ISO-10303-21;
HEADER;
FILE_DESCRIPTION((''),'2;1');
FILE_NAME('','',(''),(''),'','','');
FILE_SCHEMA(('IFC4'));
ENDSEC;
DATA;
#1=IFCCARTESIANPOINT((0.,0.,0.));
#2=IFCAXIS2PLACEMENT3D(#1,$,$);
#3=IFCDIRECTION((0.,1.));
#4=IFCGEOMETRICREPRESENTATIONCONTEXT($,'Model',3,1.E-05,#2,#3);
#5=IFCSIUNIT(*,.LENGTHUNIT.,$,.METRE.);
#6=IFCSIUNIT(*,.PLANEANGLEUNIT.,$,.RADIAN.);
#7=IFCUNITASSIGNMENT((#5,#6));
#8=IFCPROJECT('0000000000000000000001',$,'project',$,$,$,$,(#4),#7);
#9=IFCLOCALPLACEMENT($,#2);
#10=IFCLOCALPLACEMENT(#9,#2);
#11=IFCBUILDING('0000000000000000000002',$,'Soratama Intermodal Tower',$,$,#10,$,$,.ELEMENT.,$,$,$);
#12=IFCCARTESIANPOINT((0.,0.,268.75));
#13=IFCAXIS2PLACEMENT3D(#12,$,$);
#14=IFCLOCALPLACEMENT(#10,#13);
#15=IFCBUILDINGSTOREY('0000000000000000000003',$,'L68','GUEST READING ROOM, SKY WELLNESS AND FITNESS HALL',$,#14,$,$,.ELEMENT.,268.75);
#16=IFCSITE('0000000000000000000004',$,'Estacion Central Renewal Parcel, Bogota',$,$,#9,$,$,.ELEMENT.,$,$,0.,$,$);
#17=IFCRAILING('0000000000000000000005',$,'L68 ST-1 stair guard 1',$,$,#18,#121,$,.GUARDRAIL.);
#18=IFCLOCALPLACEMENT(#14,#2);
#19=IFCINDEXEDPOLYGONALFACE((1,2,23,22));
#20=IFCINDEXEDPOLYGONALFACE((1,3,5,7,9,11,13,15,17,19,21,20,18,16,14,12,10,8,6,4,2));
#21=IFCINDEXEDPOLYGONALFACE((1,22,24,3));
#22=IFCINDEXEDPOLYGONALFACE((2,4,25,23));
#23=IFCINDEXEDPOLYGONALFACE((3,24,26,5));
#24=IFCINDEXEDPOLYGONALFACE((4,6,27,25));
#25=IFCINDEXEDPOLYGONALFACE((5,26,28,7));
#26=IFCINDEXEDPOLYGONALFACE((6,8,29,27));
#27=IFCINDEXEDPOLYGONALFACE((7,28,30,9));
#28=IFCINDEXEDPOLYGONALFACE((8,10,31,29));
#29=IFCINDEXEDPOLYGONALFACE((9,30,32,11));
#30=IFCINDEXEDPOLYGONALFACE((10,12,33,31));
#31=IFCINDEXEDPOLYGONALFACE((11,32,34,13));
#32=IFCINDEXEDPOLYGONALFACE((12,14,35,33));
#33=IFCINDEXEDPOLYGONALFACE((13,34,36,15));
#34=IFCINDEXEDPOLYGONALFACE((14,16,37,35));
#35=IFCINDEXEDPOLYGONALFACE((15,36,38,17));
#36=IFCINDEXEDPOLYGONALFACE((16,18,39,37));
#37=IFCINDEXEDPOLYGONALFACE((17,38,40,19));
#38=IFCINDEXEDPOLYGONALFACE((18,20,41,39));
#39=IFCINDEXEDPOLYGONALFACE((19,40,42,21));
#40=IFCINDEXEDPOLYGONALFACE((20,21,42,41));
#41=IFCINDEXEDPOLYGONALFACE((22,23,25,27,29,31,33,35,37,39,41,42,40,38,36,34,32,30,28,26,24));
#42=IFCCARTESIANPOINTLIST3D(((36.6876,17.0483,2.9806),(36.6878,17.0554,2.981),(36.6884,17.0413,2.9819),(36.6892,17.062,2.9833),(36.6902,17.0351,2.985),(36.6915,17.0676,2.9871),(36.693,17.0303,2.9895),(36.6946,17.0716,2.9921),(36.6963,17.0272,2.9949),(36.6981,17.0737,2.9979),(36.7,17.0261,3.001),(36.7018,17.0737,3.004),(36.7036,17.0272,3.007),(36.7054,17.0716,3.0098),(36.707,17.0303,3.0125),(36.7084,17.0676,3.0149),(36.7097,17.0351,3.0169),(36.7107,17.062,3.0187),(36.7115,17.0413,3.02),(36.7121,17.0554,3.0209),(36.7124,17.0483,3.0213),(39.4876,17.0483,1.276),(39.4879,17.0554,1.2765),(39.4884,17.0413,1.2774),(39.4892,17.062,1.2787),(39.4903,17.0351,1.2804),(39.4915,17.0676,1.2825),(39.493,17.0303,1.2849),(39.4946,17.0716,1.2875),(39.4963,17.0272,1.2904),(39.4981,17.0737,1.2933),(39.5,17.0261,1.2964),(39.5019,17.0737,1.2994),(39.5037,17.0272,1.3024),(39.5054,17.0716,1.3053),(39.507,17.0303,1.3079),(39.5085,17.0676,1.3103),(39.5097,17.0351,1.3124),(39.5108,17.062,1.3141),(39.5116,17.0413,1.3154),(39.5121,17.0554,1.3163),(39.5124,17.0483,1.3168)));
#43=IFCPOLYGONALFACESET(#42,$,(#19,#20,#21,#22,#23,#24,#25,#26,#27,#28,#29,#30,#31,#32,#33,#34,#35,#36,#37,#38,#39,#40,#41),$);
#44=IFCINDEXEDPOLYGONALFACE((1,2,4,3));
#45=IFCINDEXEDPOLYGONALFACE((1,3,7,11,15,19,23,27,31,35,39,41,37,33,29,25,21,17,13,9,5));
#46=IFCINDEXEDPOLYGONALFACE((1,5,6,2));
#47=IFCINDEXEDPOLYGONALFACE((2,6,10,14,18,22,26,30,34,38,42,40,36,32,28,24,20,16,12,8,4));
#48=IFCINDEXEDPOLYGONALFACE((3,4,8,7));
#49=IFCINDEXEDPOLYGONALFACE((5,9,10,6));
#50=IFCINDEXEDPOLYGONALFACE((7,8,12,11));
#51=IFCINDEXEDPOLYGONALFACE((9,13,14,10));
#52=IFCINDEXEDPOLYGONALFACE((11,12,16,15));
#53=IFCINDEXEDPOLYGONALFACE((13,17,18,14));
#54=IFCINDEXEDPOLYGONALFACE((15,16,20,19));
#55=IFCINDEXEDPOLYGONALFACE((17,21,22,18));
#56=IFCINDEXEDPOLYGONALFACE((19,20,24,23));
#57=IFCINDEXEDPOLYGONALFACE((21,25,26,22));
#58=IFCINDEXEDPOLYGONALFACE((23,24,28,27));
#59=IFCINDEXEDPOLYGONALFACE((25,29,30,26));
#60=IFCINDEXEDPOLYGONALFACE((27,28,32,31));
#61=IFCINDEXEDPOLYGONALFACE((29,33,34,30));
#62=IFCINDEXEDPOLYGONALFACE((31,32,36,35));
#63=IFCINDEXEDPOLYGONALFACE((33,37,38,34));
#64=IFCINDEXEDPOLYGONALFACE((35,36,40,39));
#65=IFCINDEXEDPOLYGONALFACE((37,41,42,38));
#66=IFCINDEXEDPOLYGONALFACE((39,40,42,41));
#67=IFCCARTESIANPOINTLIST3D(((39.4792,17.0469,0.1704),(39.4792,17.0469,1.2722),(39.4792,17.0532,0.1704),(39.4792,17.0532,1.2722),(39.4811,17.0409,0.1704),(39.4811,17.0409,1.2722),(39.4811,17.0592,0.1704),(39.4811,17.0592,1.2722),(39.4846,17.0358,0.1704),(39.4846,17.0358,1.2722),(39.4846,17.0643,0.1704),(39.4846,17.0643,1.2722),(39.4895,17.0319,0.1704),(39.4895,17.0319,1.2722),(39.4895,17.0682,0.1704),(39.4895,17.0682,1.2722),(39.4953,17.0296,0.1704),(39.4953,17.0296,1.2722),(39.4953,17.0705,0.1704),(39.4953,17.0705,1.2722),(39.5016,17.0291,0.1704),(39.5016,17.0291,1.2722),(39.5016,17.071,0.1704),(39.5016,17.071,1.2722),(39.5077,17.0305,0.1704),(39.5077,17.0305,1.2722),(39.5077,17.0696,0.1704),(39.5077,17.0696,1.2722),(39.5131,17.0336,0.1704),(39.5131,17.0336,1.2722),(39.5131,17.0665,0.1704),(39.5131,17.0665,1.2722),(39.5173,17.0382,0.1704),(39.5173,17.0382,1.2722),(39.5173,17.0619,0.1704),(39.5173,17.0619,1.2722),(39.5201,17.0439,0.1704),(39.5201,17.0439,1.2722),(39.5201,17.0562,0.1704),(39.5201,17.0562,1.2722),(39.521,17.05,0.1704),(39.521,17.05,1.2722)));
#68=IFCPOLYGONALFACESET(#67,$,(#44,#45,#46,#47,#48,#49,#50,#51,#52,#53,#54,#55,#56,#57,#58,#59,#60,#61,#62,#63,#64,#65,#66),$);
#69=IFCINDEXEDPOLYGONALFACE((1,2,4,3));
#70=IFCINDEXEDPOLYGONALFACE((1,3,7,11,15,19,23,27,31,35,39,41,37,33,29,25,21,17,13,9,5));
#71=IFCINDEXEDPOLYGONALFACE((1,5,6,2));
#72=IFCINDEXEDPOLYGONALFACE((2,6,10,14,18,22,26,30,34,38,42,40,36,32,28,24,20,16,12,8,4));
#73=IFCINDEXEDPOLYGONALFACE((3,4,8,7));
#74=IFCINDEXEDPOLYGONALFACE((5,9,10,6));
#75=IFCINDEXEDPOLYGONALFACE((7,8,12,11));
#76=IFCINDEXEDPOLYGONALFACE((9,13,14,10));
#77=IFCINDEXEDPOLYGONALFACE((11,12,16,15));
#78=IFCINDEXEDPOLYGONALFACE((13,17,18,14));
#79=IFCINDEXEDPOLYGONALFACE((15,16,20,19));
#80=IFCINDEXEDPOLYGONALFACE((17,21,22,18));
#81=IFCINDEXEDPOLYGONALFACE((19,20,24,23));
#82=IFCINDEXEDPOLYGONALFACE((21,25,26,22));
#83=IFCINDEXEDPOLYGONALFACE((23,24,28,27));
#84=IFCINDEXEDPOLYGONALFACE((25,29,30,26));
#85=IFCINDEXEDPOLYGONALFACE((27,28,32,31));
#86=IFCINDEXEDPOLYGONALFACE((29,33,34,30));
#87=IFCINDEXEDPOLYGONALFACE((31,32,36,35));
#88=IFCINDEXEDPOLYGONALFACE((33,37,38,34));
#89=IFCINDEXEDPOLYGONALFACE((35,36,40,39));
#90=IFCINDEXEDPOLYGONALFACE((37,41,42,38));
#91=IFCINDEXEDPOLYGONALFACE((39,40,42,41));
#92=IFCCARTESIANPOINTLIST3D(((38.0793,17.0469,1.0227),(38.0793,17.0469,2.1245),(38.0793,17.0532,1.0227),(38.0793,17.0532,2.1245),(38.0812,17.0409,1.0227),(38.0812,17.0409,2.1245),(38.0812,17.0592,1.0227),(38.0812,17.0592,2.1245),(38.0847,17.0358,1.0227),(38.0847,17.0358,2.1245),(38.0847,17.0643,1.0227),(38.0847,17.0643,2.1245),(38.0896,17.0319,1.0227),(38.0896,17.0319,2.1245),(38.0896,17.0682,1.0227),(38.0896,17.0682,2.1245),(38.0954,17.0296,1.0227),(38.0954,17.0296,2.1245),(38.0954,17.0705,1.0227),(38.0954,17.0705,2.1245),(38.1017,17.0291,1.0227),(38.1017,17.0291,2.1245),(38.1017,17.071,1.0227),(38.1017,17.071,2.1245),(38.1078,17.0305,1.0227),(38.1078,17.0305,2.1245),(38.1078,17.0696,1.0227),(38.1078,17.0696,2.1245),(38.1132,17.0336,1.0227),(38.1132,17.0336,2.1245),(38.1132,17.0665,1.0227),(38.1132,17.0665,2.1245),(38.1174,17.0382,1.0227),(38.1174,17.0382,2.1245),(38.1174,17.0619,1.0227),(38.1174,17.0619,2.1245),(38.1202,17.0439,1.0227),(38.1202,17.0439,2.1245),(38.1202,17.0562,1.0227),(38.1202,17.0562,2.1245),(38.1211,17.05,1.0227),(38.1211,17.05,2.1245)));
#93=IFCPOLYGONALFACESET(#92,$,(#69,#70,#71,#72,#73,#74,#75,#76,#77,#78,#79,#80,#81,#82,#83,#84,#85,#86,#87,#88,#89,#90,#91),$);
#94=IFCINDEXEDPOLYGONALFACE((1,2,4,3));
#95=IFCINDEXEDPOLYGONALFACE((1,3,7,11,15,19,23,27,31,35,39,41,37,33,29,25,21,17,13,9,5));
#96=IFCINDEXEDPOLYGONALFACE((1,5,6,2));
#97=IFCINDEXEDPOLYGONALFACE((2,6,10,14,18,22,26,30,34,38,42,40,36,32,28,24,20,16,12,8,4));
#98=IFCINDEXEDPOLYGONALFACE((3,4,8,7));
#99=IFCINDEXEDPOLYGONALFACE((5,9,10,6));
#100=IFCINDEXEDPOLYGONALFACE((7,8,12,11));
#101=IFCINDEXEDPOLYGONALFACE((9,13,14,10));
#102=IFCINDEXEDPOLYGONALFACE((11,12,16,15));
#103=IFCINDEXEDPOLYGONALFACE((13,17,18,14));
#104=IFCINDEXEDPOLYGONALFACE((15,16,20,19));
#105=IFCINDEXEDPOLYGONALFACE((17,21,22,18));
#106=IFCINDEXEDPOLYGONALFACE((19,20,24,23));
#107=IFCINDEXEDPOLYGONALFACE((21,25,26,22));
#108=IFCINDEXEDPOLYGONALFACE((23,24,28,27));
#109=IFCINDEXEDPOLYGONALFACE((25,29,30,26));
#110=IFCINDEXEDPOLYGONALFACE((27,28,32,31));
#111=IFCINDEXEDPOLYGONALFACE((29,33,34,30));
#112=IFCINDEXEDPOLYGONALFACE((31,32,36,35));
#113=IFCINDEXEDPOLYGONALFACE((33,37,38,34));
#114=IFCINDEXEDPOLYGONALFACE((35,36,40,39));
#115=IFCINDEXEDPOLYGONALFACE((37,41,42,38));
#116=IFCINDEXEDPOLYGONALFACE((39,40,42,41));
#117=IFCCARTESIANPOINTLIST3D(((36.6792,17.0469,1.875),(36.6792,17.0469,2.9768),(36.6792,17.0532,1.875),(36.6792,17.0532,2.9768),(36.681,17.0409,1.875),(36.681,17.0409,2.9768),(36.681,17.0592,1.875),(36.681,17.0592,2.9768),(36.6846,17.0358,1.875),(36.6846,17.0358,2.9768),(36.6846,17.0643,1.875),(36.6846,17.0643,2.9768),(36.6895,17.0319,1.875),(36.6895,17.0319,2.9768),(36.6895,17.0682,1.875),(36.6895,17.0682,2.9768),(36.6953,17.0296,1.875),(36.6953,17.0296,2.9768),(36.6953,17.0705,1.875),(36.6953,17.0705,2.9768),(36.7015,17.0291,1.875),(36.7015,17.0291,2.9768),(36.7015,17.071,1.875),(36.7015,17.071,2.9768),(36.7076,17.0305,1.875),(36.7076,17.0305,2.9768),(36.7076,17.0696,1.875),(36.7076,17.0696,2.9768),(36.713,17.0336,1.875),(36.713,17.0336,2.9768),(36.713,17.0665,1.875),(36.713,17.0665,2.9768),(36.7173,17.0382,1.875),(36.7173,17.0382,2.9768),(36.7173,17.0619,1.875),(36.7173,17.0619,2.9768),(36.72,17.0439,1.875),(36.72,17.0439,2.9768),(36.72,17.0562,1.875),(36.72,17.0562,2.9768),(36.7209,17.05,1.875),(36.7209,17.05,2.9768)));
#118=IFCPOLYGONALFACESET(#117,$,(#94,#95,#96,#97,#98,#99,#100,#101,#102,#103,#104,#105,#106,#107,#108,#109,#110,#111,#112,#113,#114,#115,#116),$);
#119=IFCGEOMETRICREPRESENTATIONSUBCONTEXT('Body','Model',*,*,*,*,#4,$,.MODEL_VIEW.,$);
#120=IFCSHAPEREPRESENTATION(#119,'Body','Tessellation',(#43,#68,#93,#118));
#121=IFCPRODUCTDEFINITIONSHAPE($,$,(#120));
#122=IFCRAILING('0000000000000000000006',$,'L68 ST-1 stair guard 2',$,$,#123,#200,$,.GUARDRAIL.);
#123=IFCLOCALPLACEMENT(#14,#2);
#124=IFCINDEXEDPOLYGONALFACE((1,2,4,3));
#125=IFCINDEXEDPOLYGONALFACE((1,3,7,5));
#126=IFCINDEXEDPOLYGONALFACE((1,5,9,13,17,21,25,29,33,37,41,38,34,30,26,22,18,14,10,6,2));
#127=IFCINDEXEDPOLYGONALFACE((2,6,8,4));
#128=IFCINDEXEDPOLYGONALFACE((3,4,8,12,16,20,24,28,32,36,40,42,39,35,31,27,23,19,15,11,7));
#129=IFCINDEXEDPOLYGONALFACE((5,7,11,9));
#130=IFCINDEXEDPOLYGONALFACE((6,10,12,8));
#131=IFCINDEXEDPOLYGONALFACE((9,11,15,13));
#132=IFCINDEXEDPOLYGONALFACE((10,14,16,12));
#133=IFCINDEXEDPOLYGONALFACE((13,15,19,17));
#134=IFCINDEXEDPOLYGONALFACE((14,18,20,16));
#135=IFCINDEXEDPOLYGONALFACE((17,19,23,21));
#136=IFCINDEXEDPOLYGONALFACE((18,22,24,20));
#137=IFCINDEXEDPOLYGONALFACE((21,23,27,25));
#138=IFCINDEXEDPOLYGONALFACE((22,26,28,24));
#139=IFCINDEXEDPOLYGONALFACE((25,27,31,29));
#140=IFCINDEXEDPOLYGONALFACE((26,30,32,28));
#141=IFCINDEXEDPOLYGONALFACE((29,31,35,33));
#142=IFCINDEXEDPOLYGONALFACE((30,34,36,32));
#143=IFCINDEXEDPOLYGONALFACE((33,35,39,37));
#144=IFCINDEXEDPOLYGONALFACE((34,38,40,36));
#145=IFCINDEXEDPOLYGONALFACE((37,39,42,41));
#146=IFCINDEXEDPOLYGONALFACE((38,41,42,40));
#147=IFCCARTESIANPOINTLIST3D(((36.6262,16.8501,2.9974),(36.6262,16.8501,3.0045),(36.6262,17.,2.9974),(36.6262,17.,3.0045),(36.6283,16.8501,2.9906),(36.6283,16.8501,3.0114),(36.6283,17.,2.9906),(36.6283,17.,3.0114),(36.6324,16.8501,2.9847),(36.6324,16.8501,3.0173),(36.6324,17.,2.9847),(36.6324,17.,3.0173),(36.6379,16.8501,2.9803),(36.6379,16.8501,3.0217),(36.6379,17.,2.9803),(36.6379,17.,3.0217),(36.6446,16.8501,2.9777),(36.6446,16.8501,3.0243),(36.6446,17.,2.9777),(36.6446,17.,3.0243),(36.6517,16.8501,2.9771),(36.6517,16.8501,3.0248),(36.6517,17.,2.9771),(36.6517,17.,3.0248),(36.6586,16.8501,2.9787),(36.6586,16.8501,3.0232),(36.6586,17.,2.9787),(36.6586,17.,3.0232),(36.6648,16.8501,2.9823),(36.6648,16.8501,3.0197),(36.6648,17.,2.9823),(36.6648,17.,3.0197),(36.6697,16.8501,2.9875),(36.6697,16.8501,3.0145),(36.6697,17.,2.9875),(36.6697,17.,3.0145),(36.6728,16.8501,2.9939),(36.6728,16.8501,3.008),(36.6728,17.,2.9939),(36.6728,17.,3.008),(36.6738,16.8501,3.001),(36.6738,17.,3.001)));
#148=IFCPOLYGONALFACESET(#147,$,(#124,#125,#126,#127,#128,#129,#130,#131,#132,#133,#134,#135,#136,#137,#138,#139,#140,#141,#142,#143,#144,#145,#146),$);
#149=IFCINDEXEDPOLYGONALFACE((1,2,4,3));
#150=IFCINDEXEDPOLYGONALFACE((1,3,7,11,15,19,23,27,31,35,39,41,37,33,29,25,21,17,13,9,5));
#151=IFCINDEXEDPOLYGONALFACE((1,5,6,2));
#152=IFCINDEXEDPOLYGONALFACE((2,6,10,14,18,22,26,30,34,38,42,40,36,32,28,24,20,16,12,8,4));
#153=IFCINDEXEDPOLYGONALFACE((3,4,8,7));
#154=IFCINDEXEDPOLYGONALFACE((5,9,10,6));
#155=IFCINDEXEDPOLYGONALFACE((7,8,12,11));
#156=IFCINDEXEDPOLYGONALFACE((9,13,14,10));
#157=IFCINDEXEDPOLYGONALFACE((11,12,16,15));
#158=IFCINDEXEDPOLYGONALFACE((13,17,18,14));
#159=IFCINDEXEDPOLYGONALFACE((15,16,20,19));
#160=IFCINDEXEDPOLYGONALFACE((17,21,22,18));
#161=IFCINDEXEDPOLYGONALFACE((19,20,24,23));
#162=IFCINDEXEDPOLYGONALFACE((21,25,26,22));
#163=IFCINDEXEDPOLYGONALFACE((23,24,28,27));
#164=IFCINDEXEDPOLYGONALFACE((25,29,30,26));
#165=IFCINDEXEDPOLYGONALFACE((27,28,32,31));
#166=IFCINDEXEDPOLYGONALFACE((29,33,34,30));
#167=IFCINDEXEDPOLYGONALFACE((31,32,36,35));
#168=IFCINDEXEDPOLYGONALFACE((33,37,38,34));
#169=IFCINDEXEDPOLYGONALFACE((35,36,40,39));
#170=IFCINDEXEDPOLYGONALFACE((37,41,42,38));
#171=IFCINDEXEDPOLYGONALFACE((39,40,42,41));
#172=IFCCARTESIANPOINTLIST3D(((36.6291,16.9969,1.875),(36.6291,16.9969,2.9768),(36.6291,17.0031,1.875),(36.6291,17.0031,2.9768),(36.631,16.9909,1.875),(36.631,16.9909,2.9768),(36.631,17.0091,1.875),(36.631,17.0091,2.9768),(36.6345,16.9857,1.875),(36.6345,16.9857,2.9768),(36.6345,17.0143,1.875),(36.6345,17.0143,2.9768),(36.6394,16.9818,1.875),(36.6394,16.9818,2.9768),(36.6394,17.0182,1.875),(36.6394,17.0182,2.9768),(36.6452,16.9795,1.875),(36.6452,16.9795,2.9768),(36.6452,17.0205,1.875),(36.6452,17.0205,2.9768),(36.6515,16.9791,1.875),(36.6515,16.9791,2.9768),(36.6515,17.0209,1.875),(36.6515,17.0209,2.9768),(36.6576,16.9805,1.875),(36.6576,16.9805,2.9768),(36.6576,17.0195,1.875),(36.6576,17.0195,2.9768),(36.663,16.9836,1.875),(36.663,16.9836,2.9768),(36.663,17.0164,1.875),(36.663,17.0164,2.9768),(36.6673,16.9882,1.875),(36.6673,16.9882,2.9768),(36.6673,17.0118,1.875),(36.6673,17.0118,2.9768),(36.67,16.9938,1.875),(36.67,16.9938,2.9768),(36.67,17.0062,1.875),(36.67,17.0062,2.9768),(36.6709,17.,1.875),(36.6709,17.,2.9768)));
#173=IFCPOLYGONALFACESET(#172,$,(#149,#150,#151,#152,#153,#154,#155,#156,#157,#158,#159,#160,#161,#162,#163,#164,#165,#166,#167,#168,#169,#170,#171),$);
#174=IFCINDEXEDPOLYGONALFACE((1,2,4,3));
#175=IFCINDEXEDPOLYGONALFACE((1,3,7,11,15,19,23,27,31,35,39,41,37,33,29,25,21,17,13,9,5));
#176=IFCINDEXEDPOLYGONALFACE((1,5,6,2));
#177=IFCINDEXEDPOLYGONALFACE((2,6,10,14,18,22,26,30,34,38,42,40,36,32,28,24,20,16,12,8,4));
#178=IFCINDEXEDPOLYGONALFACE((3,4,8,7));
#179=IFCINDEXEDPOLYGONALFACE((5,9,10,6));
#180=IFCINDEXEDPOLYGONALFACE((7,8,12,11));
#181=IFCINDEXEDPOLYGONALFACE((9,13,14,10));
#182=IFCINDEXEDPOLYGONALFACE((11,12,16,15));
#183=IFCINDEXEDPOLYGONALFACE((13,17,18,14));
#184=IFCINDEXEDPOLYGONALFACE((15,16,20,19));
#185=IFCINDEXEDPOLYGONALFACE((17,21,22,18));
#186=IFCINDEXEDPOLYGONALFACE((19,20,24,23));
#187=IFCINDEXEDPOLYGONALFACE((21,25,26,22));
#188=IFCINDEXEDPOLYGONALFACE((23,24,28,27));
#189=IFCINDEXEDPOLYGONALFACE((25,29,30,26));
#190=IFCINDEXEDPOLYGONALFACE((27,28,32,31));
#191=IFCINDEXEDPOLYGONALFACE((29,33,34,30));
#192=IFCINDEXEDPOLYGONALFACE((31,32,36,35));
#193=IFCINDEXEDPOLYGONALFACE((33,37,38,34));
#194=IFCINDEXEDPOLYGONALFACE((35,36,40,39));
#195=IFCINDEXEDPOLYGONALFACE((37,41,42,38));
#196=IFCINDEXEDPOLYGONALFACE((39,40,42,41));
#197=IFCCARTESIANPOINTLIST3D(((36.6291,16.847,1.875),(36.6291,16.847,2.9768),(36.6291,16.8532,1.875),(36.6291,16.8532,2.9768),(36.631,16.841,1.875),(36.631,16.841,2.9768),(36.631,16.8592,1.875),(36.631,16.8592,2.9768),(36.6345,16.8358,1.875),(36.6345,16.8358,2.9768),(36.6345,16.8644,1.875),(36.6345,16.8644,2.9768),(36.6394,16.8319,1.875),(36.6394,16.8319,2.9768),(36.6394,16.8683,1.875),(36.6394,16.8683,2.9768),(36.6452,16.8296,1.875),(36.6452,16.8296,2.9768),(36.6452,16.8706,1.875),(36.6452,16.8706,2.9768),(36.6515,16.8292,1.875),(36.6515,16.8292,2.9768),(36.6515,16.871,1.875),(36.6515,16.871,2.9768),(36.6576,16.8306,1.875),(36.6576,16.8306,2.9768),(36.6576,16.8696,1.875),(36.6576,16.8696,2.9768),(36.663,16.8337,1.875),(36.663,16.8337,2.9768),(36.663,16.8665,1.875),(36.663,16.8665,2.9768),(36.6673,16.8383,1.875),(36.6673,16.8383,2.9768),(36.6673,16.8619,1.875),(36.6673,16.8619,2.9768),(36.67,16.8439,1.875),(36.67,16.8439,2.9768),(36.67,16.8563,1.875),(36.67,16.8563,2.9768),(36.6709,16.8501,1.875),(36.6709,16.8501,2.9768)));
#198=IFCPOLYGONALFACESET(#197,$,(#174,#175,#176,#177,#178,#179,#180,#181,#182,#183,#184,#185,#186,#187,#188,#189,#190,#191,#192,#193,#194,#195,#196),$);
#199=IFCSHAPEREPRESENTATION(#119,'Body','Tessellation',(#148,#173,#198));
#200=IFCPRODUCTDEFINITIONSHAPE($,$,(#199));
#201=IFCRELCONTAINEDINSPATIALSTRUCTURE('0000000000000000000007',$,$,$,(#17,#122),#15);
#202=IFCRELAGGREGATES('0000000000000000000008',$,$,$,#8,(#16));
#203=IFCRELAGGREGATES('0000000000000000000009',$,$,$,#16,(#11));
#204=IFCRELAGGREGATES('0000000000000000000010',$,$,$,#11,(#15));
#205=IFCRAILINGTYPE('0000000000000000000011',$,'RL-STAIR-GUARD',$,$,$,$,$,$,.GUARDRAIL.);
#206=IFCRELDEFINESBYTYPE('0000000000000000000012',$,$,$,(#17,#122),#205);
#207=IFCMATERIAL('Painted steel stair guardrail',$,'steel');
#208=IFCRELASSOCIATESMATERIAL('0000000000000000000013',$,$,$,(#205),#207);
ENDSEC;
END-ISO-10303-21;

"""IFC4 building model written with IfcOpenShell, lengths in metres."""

from ifc_helpers import new_model, si_unit, direction, frame, origin, origin_2d, place, context, subcontext, project, spatial, circle, extrude, material, type_object, element, save


model = new_model("IFC4")

# Units and contexts
model_context = context("Model", 3, precision=1e-05, world=origin(), true_north=direction((0.0, 1.0)))
body_context = subcontext(model_context, "Body", "Model", "MODEL_VIEW")
ifc_project = project(units=[si_unit("LENGTHUNIT", "METRE"), si_unit("PLANEANGLEUNIT", "RADIAN")], contexts=[model_context])

# Site, building, storey
site_placement = place(None, origin())
site = spatial("IfcSite", under=ifc_project, at=site_placement, Name="Estacion Central Renewal Parcel, Bogota", CompositionType="ELEMENT", RefElevation=0.0)
building_placement = place(site_placement, origin())
building = spatial("IfcBuilding", under=site, at=building_placement, Name="Soratama Intermodal Tower", CompositionType="ELEMENT")
storey_placement = place(building_placement, frame((0.0, 0.0, 268.75)))
storey = spatial("IfcBuildingStorey", under=building, at=storey_placement, Name="L68", Description="GUEST READING ROOM, SKY WELLNESS AND FITNESS HALL", CompositionType="ELEMENT", Elevation=268.75)

# Railings
ifc_material_1 = material(Name="Painted steel stair guardrail", Category="steel")
railing_type_1 = type_object("IfcRailingType", Name="RL-STAIR-GUARD", PredefinedType="GUARDRAIL", material=ifc_material_1)
railing_1_placement = place(storey_placement, frame((39.5, 17.05, 0.1704)))
element("IfcRailing", 1, at=railing_1_placement, inside=storey, type_object=railing_type_1, Name="L68 ST-1 stair guard 1", PredefinedType="GUARDRAIL", context=body_context, shape_type="SweptSolid", body=[
    extrude(circle(Radius=0.0239, at=origin_2d()), frame((0.0, 0.0, 1.126), z_axis=(-0.85417, 0.0, 0.519994), x_axis=(0.0, -1.0, 0.0)), (0.0, 0.0, 1.0), 3.2781),
    extrude(circle(Radius=0.021, at=origin_2d()), origin(), (0.0, 0.0, 1.0), 1.1018),
    extrude(circle(Radius=0.021, at=origin_2d()), frame((-1.3999, 0.0, 0.8523)), (0.0, 0.0, 1.0), 1.1018),
    extrude(circle(Radius=0.021, at=origin_2d()), frame((-2.8, 0.0, 1.7046)), (0.0, 0.0, 1.0), 1.1018),
])
railing_2_placement = place(storey_placement, frame((36.6499, 17.0, 1.875)))
element("IfcRailing", 2, at=railing_2_placement, inside=storey, type_object=railing_type_1, Name="L68 ST-1 stair guard 2", PredefinedType="GUARDRAIL", context=body_context, shape_type="SweptSolid", body=[
    extrude(circle(Radius=0.0239, at=origin_2d()), frame((0.0, 0.0, 1.126), z_axis=(0.0, -1.0, 0.0), x_axis=(1.0, 0.0, 0.0)), (0.0, 0.0, 1.0), 0.1499),
    extrude(circle(Radius=0.021, at=origin_2d()), origin(), (0.0, 0.0, 1.0), 1.1018),
    extrude(circle(Radius=0.021, at=origin_2d()), frame((0.0, -0.1499, 0.0)), (0.0, 0.0, 1.0), 1.1018),
])

save(model, "model.ifc")
